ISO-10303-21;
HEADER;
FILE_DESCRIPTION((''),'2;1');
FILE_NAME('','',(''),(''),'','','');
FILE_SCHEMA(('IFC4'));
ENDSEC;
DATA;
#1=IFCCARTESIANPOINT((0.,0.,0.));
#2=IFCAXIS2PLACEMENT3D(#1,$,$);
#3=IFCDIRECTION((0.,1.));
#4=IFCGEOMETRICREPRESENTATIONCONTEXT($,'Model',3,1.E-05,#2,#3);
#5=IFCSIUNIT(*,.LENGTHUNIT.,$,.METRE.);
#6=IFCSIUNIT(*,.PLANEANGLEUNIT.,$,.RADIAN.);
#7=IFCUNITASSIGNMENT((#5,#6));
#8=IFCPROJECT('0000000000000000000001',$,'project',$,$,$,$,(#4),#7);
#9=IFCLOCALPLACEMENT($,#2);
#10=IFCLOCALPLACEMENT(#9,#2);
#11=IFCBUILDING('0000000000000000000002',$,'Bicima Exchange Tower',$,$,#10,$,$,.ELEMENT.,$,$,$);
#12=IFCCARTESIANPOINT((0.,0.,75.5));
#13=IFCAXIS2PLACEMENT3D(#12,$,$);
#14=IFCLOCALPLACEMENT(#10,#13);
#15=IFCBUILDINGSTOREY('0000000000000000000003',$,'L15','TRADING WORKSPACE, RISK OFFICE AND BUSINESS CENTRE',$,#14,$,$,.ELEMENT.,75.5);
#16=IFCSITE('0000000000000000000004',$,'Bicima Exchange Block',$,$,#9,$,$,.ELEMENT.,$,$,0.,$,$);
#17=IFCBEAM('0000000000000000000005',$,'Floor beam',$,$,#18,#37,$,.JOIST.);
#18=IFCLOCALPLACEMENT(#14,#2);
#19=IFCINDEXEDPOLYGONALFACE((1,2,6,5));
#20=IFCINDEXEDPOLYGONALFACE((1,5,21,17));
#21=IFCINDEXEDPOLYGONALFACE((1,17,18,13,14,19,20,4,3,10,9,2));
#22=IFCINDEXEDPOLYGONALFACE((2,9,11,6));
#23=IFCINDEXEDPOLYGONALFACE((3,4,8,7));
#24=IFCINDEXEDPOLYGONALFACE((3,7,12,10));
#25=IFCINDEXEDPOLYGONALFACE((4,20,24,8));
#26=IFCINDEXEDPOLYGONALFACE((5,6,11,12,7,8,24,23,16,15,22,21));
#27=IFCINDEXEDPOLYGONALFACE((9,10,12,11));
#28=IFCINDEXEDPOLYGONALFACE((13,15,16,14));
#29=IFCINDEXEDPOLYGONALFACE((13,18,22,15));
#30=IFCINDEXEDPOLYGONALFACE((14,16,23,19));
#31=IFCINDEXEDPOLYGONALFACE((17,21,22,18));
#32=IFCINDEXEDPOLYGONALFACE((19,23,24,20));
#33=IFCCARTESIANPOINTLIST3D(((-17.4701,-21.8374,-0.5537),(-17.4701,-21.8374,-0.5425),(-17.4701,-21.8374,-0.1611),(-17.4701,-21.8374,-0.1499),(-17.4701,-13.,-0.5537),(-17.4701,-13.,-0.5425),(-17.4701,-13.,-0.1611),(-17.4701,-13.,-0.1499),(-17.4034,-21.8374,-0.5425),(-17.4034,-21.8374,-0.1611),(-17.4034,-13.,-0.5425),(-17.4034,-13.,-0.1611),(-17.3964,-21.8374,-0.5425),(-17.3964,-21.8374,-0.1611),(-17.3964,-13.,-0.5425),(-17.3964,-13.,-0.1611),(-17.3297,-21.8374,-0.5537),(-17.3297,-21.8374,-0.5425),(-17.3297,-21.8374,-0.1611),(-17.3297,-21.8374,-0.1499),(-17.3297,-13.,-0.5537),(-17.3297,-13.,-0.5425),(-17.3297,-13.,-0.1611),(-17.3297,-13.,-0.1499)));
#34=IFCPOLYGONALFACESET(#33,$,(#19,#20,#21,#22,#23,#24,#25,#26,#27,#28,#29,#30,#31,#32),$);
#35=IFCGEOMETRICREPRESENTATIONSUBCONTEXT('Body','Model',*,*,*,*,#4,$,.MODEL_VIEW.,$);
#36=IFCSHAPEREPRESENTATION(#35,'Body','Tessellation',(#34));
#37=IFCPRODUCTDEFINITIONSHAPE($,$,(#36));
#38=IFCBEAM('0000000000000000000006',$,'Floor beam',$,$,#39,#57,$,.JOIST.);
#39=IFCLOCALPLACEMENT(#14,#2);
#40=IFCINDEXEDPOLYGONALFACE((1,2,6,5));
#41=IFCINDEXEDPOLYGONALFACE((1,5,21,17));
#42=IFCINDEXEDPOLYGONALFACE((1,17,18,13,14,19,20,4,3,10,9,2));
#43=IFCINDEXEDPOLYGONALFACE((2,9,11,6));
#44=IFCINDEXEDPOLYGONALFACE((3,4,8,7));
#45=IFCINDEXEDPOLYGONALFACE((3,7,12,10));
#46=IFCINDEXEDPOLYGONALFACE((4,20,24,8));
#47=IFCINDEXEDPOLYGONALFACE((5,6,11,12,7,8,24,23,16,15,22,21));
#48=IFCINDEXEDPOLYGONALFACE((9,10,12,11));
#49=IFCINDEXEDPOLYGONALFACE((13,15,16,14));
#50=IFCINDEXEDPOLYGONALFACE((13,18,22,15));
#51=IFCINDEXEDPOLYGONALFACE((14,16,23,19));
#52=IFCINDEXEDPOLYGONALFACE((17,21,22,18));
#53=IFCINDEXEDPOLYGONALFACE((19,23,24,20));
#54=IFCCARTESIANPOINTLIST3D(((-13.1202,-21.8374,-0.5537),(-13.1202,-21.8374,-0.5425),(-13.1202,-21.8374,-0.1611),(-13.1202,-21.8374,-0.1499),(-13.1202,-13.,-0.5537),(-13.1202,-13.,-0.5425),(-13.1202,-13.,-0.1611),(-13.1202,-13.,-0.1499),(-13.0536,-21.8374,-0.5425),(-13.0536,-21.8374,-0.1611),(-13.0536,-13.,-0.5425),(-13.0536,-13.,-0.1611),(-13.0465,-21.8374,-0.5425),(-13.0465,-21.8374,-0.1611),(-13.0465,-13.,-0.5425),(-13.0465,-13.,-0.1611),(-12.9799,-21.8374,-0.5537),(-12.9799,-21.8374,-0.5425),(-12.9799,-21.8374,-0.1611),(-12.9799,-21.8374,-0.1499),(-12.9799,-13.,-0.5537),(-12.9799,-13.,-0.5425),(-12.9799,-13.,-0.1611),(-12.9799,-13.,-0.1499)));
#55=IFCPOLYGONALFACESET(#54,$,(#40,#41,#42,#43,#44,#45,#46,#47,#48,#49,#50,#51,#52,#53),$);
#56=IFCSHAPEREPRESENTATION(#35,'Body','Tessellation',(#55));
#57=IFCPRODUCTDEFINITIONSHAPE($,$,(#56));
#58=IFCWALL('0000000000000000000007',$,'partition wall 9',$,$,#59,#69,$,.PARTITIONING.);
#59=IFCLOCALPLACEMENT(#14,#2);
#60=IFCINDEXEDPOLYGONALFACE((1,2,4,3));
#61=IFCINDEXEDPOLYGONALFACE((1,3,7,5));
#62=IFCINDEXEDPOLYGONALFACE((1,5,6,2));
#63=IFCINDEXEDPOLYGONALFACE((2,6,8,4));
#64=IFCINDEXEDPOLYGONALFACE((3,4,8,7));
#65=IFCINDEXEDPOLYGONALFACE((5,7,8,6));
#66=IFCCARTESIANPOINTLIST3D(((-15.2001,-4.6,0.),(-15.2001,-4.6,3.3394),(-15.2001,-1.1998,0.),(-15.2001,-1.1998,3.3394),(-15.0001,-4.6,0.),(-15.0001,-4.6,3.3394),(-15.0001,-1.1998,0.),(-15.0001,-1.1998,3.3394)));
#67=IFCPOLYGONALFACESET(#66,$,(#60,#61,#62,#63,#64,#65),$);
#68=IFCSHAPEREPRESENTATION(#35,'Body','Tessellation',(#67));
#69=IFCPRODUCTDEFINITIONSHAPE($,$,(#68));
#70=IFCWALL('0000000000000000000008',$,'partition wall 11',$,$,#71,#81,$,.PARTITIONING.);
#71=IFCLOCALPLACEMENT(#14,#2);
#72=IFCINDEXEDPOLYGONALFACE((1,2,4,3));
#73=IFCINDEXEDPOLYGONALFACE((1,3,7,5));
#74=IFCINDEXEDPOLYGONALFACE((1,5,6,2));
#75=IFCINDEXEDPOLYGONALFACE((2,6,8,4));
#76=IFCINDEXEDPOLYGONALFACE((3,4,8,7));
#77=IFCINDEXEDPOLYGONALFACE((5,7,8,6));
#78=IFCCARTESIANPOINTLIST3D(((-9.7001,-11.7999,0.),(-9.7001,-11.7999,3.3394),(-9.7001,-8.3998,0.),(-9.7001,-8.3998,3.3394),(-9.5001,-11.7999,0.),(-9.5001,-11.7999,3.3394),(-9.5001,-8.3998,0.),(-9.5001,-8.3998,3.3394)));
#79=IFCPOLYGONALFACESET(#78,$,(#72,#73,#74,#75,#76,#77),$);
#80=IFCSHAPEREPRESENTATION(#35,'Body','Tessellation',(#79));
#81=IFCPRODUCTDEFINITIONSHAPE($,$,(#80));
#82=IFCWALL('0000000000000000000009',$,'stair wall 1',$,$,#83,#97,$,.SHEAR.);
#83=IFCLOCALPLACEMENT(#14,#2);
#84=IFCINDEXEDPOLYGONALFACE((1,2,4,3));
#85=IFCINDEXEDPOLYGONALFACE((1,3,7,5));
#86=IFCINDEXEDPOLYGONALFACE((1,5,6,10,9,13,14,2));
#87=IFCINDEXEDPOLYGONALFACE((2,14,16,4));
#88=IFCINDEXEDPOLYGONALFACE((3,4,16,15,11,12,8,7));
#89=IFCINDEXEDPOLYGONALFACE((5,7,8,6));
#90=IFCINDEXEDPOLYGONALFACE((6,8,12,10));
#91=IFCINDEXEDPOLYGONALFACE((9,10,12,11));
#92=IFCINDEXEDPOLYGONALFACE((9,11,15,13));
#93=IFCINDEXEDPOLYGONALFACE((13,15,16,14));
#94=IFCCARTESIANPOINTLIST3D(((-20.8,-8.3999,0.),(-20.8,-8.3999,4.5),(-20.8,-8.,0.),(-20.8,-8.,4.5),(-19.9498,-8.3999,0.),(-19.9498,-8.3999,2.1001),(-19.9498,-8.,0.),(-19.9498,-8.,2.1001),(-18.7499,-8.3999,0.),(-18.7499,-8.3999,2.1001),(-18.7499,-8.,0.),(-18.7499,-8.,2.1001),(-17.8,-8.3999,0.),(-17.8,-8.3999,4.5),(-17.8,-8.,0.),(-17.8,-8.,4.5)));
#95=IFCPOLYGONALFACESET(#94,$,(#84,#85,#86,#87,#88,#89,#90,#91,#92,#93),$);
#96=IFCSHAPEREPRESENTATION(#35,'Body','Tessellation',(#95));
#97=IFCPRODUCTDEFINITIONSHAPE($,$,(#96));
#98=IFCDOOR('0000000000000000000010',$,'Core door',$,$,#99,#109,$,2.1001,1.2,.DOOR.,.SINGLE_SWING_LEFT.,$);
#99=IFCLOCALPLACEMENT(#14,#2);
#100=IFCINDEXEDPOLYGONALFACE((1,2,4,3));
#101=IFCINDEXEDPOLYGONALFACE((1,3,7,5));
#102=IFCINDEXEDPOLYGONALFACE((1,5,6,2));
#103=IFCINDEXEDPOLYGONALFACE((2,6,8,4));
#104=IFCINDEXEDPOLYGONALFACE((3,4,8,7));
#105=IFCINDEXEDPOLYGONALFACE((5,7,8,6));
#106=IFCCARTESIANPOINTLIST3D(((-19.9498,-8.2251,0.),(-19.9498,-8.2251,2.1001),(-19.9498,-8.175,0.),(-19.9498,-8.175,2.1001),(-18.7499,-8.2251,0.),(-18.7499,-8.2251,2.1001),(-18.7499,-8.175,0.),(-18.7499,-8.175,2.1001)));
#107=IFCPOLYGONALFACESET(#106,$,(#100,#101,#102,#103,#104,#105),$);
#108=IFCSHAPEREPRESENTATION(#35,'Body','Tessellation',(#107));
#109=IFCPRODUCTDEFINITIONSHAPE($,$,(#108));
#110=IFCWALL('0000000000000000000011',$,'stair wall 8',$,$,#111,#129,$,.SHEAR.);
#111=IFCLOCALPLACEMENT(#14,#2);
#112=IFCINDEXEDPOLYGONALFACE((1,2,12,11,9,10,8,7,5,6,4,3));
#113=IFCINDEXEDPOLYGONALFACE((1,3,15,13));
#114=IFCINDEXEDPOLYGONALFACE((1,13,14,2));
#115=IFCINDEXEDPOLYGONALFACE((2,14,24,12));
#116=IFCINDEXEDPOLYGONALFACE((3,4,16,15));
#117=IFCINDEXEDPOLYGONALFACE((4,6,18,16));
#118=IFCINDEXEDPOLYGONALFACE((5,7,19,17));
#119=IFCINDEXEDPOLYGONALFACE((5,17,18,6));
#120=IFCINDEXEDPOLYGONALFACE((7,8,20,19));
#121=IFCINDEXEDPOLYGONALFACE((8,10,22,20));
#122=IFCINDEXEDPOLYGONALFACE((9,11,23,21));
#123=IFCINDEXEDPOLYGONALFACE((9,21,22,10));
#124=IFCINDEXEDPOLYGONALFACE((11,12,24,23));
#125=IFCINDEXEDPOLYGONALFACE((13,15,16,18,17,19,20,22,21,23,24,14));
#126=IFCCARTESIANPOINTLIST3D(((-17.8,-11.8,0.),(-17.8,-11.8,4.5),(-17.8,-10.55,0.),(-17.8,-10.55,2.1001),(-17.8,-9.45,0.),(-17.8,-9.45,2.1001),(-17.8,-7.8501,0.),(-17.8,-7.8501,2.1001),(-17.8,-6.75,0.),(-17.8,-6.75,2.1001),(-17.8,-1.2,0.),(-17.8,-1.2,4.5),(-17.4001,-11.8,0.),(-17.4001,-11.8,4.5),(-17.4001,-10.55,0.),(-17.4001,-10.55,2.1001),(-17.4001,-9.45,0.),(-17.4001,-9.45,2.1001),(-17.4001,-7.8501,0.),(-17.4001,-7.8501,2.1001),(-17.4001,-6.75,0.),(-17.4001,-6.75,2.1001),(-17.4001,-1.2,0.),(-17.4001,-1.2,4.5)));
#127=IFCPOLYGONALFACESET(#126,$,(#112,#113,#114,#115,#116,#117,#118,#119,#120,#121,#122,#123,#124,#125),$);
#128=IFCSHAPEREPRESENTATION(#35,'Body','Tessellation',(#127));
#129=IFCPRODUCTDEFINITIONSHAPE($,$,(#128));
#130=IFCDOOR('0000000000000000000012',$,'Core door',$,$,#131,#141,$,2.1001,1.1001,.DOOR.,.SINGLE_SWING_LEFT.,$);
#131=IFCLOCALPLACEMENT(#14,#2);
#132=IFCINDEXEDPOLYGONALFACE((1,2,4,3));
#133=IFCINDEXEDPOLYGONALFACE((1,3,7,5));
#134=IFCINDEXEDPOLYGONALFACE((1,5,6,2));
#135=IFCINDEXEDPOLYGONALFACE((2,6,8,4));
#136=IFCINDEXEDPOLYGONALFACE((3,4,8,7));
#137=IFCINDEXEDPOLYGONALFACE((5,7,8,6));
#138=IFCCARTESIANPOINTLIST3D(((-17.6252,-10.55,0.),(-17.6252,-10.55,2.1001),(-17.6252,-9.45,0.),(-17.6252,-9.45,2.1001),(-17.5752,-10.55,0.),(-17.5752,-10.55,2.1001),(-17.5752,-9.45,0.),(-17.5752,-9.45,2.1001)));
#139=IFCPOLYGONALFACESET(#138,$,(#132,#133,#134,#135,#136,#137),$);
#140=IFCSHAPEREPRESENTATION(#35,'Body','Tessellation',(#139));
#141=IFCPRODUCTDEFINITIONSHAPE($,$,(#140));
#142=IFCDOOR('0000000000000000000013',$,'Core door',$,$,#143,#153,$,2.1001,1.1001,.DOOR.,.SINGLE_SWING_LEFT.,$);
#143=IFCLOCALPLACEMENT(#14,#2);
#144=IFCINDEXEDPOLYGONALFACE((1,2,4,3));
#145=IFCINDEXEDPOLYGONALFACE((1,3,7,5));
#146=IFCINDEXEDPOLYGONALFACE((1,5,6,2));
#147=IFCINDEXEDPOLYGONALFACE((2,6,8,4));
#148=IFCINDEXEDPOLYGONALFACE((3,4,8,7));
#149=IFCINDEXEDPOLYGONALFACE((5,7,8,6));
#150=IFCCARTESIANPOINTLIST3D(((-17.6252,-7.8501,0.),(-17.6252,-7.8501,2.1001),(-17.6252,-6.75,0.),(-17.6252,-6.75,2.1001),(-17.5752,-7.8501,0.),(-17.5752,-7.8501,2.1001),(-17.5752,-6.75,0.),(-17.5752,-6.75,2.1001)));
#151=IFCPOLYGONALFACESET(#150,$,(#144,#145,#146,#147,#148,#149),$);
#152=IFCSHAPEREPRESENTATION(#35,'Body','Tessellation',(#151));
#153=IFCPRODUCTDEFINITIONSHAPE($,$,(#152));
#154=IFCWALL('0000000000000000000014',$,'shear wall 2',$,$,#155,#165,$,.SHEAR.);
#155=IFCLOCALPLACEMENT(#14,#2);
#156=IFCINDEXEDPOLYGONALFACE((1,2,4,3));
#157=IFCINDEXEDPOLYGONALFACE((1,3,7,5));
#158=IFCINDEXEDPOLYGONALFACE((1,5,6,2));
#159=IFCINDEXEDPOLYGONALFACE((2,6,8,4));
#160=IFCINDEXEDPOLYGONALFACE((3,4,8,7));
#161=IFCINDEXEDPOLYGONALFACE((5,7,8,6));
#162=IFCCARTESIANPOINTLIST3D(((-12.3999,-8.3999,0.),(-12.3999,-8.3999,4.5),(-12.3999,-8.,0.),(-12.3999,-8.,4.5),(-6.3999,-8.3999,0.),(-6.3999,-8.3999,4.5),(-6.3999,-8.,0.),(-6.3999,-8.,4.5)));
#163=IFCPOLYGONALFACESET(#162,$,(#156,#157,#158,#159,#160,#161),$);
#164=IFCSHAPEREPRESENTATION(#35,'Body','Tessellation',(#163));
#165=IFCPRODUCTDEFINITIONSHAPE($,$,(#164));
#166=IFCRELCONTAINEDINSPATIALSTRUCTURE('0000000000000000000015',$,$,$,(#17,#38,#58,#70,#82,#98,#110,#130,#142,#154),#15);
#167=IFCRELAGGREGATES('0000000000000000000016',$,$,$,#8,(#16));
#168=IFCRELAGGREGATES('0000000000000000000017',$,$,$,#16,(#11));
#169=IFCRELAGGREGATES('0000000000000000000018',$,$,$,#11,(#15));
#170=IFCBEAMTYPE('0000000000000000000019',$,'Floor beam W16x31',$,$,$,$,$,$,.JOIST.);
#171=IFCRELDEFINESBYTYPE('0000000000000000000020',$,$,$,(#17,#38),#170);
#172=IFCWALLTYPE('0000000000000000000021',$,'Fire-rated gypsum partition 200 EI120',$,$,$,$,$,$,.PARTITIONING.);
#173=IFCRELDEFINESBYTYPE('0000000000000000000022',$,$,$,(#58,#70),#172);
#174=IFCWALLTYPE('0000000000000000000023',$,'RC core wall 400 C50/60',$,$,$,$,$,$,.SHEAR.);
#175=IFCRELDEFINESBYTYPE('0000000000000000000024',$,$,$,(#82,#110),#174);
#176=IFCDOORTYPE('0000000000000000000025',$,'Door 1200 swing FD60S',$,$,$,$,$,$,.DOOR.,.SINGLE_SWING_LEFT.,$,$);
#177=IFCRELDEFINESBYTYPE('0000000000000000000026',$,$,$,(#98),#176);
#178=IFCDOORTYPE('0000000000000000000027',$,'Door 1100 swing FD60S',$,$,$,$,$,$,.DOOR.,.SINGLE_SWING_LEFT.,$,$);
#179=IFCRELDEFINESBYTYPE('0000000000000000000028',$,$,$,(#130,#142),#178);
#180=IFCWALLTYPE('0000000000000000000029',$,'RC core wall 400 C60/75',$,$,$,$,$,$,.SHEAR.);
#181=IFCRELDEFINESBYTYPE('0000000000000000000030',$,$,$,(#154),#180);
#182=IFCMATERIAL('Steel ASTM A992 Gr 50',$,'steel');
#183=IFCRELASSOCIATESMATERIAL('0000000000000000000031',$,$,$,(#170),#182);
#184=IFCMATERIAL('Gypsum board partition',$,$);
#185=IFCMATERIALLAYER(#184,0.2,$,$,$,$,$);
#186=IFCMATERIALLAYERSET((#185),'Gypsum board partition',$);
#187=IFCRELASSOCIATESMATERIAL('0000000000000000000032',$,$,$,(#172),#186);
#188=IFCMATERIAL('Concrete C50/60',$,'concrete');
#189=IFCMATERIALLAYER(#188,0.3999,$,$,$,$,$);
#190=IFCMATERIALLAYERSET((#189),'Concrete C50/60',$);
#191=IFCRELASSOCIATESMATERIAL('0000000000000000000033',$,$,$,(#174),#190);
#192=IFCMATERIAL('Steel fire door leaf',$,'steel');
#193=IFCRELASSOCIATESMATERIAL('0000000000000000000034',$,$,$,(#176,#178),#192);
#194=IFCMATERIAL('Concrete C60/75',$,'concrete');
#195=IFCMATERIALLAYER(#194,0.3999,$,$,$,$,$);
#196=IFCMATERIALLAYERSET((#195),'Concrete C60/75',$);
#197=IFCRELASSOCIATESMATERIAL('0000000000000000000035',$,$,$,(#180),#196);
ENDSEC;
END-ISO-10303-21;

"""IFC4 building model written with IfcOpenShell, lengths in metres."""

from ifc_helpers import new_model, si_unit, direction, frame, frame_2d, origin, origin_2d, place, context, subcontext, project, spatial, rectangle, i_section, extrude, material, layer, layer_set, material_profile, profile_set, type_object, element, fill, save


model = new_model("IFC4")

# Units and contexts
model_context = context("Model", 3, precision=1e-05, world=origin(), true_north=direction((0.0, 1.0)))
body_context = subcontext(model_context, "Body", "Model", "MODEL_VIEW")
ifc_project = project(units=[si_unit("LENGTHUNIT", "METRE"), si_unit("PLANEANGLEUNIT", "RADIAN")], contexts=[model_context])

# Site, building, storey
site_placement = place(None, origin())
site = spatial("IfcSite", under=ifc_project, at=site_placement, Name="Bicima Exchange Block", CompositionType="ELEMENT", RefElevation=0.0)
building_placement = place(site_placement, origin())
building = spatial("IfcBuilding", under=site, at=building_placement, Name="Bicima Exchange Tower", CompositionType="ELEMENT")
storey_placement = place(building_placement, frame((0.0, 0.0, 75.5)))
storey = spatial("IfcBuildingStorey", under=building, at=storey_placement, Name="L15", Description="TRADING WORKSPACE, RISK OFFICE AND BUSINESS CENTRE", CompositionType="ELEMENT", Elevation=75.5)

# Beams
ifc_material_1 = material(Name="Steel ASTM A992 Gr 50", Category="steel")
ifc_material_profile = material_profile(ifc_material_1, i_section(OverallWidth=0.1404, OverallDepth=0.4038, WebThickness=0.0071, FlangeThickness=0.0112, at=origin_2d()))
ifc_profile_set = profile_set([ifc_material_profile], Name="Steel ASTM A992 Gr 50")
beam_type = type_object("IfcBeamType", Name="Floor beam W16x31", PredefinedType="JOIST", material=ifc_profile_set)
for number, where, z_axis, x_axis, name in (
    (1, (-17.3999, -13.0, -0.3518), (0.0, -1.0, 0.0), (1.0, 0.0, 0.0), "Floor beam"),
    (2, (-13.05, -13.0, -0.3518), (0.0, -1.0, 0.0), (1.0, 0.0, 0.0), "Floor beam"),
):
    element("IfcBeam", number, at=place(storey_placement, frame(where, z_axis=z_axis, x_axis=x_axis)), inside=storey, type_object=beam_type, Name=name, PredefinedType="JOIST", context=body_context, shape_type="SweptSolid", body=[
        extrude(i_section(OverallWidth=0.1404, OverallDepth=0.4038, WebThickness=0.0071, FlangeThickness=0.0112, at=origin_2d()), origin(), (0.0, 0.0, 1.0), 8.8374),
    ])

# Walls
ifc_material_2 = material(Name="Gypsum board partition")
ifc_layer_1 = layer(ifc_material_2, 0.2)
ifc_layer_set_1 = layer_set([ifc_layer_1], Name="Gypsum board partition")
wall_type_1 = type_object("IfcWallType", Name="Fire-rated gypsum partition 200 EI120", PredefinedType="PARTITIONING", material=ifc_layer_set_1)
for number, where, z_axis, x_axis, name in (
    (3, (-15.1001, -4.6001, 0.0), (0.0, 0.0, 1.0), (0.0, 1.0, 0.0), "partition wall 9"),
    (4, (-9.6001, -11.8, 0.0), (0.0, 0.0, 1.0), (0.0, 1.0, 0.0), "partition wall 11"),
):
    element("IfcWall", number, at=place(storey_placement, frame(where, z_axis=z_axis, x_axis=x_axis)), inside=storey, type_object=wall_type_1, Name=name, PredefinedType="PARTITIONING", context=body_context, shape_type="SweptSolid", body=[
        extrude(rectangle(XDim=3.4001, YDim=0.2, at=frame_2d((1.7002, 0.0))), origin(), (0.0, 0.0, 1.0), 3.3394),
    ])

# Wall, opening, door
ifc_material_3 = material(Name="Concrete C50/60", Category="concrete")
ifc_layer_2 = layer(ifc_material_3, 0.3999)
ifc_layer_set_2 = layer_set([ifc_layer_2], Name="Concrete C50/60")
wall_type_2 = type_object("IfcWallType", Name="RC core wall 400 C50/60", PredefinedType="SHEAR", material=ifc_layer_set_2)
wall_1_placement = place(storey_placement, frame((-20.8, -8.2, 0.0), z_axis=(0.0, 0.0, 1.0), x_axis=(1.0, 0.0, 0.0)))
wall_1 = element("IfcWall", 5, at=wall_1_placement, inside=storey, type_object=wall_type_2, Name="stair wall 1", PredefinedType="SHEAR", context=body_context, shape_type="SweptSolid", body=[
    extrude(rectangle(XDim=3.0, YDim=0.3999, at=frame_2d((1.5, 0.0))), origin(), (0.0, 0.0, 1.0), 4.5),
])
opening_1_placement = place(wall_1_placement, frame((0.8501, 0.0, 0.0)))
opening_1 = element("IfcOpeningElement", 6, at=opening_1_placement, cuts=wall_1, PredefinedType="OPENING", context=body_context, shape_type="SweptSolid", body=[
    extrude(rectangle(XDim=1.2, YDim=2.1001, at=frame_2d((0.6001, 1.05))), frame((0.0, 0.2119, 0.0), z_axis=(0.0, -1.0, 0.0), x_axis=(1.0, 0.0, 0.0)), (0.0, 0.0, 1.0), 0.4238),
])
ifc_material_4 = material(Name="Steel fire door leaf", Category="steel")
door_type_1 = type_object("IfcDoorType", Name="Door 1200 swing FD60S", OperationType="SINGLE_SWING_LEFT", PredefinedType="DOOR", material=ifc_material_4)
door_1_placement = place(opening_1_placement, origin())
door_1 = element("IfcDoor", 7, at=door_1_placement, inside=storey, type_object=door_type_1, Name="Core door", OperationType="SINGLE_SWING_LEFT", OverallHeight=2.1001, OverallWidth=1.2, PredefinedType="DOOR", context=body_context, shape_type="SweptSolid", body=[
    extrude(rectangle(XDim=1.2, YDim=2.1001, at=frame_2d((0.6001, 1.05))), frame((0.0, 0.0249, 0.0), z_axis=(0.0, -1.0, 0.0), x_axis=(1.0, 0.0, 0.0)), (0.0, 0.0, 1.0), 0.05),
])
fill(opening_1, door_1)

# Wall, openings, doors
wall_2_placement = place(storey_placement, frame((-17.6001, -11.8, 0.0), z_axis=(0.0, 0.0, 1.0), x_axis=(0.0, 1.0, 0.0)))
wall_2 = element("IfcWall", 8, at=wall_2_placement, inside=storey, type_object=wall_type_2, Name="stair wall 8", PredefinedType="SHEAR", context=body_context, shape_type="SweptSolid", body=[
    extrude(rectangle(XDim=10.6001, YDim=0.3999, at=frame_2d((5.3, 0.0))), origin(), (0.0, 0.0, 1.0), 4.5),
])
opening_2_placement = place(wall_2_placement, frame((1.25, 0.0, 0.0)))
opening_2 = element("IfcOpeningElement", 9, at=opening_2_placement, cuts=wall_2, PredefinedType="OPENING", context=body_context, shape_type="SweptSolid", body=[
    extrude(rectangle(XDim=1.1001, YDim=2.1001, at=frame_2d((0.55, 1.05))), frame((0.0, 0.2119, 0.0), z_axis=(0.0, -1.0, 0.0), x_axis=(1.0, 0.0, 0.0)), (0.0, 0.0, 1.0), 0.4238),
])
opening_3_placement = place(wall_2_placement, frame((3.95, 0.0, 0.0)))
opening_3 = element("IfcOpeningElement", 10, at=opening_3_placement, cuts=wall_2, PredefinedType="OPENING", context=body_context, shape_type="SweptSolid", body=[
    extrude(rectangle(XDim=1.1001, YDim=2.1001, at=frame_2d((0.55, 1.05))), frame((0.0, 0.2119, 0.0), z_axis=(0.0, -1.0, 0.0), x_axis=(1.0, 0.0, 0.0)), (0.0, 0.0, 1.0), 0.4238),
])
door_type_2 = type_object("IfcDoorType", Name="Door 1100 swing FD60S", OperationType="SINGLE_SWING_LEFT", PredefinedType="DOOR", material=ifc_material_4)
door_2_placement = place(opening_2_placement, frame((1.1001, 0.0, 0.0), z_axis=(0.0, 0.0, 1.0), x_axis=(-1.0, 0.0, 0.0)))
door_2 = element("IfcDoor", 11, at=door_2_placement, inside=storey, type_object=door_type_2, Name="Core door", OperationType="SINGLE_SWING_LEFT", OverallHeight=2.1001, OverallWidth=1.1001, PredefinedType="DOOR", context=body_context, shape_type="SweptSolid", body=[
    extrude(rectangle(XDim=1.1001, YDim=2.1001, at=frame_2d((0.55, 1.05))), frame((0.0, 0.0249, 0.0), z_axis=(0.0, -1.0, 0.0), x_axis=(1.0, 0.0, 0.0)), (0.0, 0.0, 1.0), 0.05),
])
fill(opening_2, door_2)
door_3_placement = place(opening_3_placement, frame((1.1001, 0.0, 0.0), z_axis=(0.0, 0.0, 1.0), x_axis=(-1.0, 0.0, 0.0)))
door_3 = element("IfcDoor", 12, at=door_3_placement, inside=storey, type_object=door_type_2, Name="Core door", OperationType="SINGLE_SWING_LEFT", OverallHeight=2.1001, OverallWidth=1.1001, PredefinedType="DOOR", context=body_context, shape_type="SweptSolid", body=[
    extrude(rectangle(XDim=1.1001, YDim=2.1001, at=frame_2d((0.55, 1.05))), frame((0.0, 0.0249, 0.0), z_axis=(0.0, -1.0, 0.0), x_axis=(1.0, 0.0, 0.0)), (0.0, 0.0, 1.0), 0.05),
])
fill(opening_3, door_3)

# Wall
ifc_material_5 = material(Name="Concrete C60/75", Category="concrete")
ifc_layer_3 = layer(ifc_material_5, 0.3999)
ifc_layer_set_3 = layer_set([ifc_layer_3], Name="Concrete C60/75")
wall_type_3 = type_object("IfcWallType", Name="RC core wall 400 C60/75", PredefinedType="SHEAR", material=ifc_layer_set_3)
wall_3_placement = place(storey_placement, frame((-12.3999, -8.2, 0.0), z_axis=(0.0, 0.0, 1.0), x_axis=(1.0, 0.0, 0.0)))
element("IfcWall", 13, at=wall_3_placement, inside=storey, type_object=wall_type_3, Name="shear wall 2", PredefinedType="SHEAR", context=body_context, shape_type="SweptSolid", body=[
    extrude(rectangle(XDim=6.0, YDim=0.3999, at=frame_2d((3.0, 0.0))), origin(), (0.0, 0.0, 1.0), 4.5),
])

save(model, "model.ifc")
